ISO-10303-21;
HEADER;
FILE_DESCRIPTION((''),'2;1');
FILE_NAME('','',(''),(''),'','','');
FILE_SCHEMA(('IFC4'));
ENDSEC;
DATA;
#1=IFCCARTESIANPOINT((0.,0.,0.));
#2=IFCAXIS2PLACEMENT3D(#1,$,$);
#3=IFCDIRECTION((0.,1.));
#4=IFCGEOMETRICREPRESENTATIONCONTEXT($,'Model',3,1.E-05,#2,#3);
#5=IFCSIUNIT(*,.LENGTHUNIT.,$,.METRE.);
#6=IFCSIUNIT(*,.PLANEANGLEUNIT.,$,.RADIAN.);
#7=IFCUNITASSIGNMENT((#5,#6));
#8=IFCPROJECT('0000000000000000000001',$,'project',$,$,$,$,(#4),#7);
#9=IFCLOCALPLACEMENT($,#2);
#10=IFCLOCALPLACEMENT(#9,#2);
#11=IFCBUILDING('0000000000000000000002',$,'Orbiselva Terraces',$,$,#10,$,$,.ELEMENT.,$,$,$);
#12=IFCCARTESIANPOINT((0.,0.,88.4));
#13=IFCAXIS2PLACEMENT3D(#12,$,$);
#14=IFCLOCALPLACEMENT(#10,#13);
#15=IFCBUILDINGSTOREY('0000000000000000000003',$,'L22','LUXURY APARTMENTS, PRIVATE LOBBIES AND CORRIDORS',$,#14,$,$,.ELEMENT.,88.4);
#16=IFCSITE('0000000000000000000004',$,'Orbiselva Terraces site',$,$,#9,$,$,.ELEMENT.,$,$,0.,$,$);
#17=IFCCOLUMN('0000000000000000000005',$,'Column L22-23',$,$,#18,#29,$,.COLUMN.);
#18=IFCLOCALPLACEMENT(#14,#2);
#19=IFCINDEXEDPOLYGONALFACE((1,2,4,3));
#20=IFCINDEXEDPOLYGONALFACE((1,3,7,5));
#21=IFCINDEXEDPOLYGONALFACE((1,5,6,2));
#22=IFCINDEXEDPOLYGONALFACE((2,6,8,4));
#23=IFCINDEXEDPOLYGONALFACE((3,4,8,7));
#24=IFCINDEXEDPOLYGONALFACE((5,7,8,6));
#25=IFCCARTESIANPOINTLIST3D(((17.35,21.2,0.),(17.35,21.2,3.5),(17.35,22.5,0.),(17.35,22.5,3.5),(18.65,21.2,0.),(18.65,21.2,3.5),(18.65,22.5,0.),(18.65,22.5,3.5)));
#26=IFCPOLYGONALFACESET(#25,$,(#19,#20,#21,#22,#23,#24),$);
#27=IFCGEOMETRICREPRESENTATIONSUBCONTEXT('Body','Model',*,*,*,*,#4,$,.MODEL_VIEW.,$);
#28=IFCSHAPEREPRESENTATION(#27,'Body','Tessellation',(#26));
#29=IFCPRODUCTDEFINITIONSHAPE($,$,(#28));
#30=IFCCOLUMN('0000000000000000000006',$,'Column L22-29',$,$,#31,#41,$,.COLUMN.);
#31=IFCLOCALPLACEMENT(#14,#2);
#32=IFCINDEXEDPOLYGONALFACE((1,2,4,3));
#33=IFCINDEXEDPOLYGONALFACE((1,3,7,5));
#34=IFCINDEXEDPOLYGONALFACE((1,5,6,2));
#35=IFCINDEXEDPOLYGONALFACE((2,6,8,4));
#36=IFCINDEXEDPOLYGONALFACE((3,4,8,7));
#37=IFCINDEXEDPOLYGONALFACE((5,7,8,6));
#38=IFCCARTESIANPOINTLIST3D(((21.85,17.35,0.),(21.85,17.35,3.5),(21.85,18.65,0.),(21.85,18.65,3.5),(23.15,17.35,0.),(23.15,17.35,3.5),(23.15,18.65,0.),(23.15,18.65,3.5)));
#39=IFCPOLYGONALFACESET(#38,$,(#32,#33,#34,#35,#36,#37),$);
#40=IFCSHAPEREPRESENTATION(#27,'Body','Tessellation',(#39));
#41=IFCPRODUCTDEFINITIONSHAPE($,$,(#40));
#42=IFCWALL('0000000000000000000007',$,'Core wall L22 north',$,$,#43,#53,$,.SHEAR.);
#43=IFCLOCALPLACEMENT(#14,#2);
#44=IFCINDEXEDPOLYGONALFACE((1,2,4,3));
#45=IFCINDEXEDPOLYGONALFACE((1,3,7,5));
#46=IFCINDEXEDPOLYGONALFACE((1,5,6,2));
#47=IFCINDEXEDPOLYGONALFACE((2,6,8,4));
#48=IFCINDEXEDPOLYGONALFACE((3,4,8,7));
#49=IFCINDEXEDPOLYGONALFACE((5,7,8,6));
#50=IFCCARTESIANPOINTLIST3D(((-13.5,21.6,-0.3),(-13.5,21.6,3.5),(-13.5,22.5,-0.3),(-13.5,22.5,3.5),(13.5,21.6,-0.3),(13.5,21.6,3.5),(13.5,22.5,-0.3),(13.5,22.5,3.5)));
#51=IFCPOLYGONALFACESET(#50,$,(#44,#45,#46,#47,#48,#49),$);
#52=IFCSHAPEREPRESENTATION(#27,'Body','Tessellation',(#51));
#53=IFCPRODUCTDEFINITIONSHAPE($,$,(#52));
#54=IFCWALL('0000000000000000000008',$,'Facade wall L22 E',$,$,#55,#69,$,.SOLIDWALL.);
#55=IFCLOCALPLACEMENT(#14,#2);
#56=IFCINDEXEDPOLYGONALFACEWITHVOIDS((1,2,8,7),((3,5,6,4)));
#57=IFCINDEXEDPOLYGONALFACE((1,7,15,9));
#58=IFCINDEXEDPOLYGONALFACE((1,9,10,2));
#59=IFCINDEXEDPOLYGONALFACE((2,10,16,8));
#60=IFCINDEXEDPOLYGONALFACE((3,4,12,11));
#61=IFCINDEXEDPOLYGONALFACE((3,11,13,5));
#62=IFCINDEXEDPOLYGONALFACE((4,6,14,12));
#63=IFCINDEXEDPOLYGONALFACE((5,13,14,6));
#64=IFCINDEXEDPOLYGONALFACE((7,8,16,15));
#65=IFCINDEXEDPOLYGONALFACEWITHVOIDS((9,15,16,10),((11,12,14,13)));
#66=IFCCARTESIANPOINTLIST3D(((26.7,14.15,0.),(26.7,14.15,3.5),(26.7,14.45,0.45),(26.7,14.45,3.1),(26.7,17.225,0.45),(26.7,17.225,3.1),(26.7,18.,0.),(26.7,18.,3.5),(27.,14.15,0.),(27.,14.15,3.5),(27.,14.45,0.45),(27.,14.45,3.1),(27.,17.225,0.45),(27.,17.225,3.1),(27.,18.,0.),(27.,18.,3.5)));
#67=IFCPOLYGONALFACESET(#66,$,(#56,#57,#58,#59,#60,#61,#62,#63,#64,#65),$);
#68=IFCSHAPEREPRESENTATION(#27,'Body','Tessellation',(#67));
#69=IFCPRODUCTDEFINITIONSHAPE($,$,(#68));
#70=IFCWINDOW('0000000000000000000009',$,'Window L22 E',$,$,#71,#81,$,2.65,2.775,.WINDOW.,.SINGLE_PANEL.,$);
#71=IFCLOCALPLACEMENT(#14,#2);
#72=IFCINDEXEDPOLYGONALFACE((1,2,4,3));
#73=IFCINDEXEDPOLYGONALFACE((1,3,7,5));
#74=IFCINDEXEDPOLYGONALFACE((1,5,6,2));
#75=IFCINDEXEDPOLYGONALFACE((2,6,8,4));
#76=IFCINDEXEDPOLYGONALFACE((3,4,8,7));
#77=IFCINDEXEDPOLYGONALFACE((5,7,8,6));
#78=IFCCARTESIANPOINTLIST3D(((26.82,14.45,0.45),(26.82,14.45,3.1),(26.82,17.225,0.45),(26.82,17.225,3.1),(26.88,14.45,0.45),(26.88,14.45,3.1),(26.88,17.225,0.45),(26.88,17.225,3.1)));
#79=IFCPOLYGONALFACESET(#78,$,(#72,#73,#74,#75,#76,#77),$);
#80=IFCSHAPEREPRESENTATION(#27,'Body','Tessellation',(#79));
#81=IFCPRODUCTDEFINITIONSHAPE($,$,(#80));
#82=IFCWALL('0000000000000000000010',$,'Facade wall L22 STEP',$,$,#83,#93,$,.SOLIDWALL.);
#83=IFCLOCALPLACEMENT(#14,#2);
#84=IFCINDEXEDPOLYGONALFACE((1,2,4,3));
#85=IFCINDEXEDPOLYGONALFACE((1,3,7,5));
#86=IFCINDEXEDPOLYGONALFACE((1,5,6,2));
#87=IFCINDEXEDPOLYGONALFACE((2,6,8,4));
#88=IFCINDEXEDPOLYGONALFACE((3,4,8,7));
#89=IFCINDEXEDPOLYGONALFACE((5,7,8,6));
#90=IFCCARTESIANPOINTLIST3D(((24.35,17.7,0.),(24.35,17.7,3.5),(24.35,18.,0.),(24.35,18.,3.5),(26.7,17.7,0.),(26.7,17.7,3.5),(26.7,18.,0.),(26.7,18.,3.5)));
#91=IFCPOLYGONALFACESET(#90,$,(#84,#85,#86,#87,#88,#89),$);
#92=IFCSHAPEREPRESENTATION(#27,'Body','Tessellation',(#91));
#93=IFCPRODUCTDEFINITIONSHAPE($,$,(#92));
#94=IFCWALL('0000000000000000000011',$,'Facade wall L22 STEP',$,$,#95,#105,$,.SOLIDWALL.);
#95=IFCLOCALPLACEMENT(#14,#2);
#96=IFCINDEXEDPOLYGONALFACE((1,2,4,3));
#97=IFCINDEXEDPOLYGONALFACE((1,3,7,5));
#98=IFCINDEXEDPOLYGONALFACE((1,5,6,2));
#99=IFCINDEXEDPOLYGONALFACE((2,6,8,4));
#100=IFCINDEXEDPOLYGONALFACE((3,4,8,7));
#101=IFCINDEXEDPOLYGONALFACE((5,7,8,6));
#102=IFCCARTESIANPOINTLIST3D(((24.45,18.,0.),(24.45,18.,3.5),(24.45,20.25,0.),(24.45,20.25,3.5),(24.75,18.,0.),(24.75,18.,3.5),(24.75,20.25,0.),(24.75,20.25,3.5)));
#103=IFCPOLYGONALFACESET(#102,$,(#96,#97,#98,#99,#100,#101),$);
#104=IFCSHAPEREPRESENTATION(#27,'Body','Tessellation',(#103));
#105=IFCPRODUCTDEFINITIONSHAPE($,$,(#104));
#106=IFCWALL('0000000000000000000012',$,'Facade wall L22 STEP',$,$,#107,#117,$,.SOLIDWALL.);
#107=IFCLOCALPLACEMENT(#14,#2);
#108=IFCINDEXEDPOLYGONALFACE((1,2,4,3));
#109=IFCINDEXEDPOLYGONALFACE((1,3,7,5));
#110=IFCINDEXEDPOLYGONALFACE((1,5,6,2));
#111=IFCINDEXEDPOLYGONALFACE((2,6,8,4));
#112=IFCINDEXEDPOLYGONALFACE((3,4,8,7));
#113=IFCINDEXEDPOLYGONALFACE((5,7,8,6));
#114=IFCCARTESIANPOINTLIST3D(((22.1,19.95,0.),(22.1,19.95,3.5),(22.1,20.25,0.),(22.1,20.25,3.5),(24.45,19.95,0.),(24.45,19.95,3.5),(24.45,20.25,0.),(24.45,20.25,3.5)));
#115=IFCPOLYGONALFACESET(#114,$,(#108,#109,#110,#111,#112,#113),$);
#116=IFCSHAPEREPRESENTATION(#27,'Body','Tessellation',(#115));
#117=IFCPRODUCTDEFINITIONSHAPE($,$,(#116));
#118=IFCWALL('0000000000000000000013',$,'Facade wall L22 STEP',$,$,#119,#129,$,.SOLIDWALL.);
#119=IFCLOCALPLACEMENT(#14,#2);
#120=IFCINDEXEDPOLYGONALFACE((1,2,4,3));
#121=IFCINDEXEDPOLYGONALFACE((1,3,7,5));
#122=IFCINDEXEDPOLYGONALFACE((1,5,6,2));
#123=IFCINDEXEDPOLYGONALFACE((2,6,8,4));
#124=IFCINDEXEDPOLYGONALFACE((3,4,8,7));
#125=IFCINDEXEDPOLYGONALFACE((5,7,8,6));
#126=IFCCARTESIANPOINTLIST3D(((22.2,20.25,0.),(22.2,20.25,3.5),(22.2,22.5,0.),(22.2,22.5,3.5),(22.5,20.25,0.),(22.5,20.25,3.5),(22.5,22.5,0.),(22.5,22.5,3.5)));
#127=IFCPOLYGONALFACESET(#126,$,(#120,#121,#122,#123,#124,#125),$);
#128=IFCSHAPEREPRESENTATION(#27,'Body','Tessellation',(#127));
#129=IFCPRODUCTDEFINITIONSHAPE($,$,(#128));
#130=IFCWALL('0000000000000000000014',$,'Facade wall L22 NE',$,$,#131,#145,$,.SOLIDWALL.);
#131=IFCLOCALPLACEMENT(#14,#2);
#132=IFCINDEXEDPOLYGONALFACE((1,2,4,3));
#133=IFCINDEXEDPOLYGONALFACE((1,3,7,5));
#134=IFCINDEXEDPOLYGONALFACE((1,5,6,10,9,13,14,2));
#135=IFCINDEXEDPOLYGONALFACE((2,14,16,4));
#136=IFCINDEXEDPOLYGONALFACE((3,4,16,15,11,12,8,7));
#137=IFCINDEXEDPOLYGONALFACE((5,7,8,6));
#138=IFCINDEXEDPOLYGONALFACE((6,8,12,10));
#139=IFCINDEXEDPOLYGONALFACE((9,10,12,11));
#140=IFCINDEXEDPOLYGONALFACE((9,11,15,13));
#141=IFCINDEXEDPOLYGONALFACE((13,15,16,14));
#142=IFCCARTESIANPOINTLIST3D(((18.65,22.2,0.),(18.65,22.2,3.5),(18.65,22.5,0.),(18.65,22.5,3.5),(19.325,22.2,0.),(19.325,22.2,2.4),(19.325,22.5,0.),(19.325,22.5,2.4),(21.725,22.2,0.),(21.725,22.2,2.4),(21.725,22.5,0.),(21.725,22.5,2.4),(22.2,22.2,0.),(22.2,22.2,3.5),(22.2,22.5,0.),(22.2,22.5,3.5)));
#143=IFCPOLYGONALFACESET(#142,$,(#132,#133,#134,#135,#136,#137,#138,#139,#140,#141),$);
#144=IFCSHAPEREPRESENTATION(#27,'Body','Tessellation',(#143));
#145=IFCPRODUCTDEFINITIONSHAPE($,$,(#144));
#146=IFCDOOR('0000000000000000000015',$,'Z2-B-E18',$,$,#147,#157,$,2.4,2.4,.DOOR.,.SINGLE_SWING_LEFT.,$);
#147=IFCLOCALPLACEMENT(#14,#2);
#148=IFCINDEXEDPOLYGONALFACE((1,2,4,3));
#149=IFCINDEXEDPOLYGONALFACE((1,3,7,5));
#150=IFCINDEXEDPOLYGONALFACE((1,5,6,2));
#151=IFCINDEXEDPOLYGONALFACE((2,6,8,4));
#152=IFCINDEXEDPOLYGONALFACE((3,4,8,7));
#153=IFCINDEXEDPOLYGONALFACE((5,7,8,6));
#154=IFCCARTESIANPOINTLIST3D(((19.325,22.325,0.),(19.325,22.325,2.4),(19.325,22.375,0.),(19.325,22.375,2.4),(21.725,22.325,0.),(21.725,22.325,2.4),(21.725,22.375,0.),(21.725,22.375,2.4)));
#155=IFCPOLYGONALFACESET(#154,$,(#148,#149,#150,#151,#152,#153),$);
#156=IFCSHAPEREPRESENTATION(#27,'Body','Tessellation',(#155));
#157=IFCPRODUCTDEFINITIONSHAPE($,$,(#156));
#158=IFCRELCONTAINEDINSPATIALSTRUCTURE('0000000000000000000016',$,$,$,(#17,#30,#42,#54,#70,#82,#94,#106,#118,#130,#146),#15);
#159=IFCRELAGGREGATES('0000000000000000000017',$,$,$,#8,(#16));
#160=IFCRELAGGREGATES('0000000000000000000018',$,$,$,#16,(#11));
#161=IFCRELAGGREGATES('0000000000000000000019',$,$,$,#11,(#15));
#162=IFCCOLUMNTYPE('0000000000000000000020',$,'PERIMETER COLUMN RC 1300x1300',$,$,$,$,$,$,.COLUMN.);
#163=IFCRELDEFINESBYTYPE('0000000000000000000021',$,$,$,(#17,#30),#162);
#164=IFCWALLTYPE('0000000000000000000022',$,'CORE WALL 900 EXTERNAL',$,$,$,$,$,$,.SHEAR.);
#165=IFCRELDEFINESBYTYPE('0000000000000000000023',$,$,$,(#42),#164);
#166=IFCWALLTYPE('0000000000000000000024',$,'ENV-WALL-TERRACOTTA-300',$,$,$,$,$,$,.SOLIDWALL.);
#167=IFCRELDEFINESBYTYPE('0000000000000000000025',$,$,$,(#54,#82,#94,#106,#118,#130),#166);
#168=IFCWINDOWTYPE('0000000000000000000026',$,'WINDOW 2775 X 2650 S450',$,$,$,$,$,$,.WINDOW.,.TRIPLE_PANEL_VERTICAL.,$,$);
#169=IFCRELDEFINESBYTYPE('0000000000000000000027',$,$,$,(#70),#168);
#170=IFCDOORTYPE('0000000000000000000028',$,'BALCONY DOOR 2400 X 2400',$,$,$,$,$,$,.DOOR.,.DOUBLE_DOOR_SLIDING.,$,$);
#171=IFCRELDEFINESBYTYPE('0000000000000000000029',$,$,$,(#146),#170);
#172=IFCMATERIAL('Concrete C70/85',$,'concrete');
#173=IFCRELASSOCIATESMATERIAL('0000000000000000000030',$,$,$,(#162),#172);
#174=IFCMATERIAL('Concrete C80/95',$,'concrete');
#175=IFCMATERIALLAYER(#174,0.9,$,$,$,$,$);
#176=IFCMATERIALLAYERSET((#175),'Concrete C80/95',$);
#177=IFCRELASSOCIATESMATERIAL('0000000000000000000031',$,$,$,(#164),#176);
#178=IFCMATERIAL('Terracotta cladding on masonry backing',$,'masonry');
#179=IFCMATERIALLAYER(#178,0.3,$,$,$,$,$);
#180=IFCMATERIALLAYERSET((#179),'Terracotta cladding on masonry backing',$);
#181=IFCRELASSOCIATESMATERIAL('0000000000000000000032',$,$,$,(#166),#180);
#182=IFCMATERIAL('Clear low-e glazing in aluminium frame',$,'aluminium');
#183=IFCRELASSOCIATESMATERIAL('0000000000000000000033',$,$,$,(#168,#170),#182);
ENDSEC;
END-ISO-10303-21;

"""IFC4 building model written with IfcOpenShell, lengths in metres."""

from ifc_helpers import new_model, si_unit, direction, frame, frame_2d, origin, origin_2d, place, context, subcontext, project, spatial, rectangle, extrude, material, layer, layer_set, material_profile, profile_set, type_object, element, fill, save


model = new_model("IFC4")

# Units and contexts
model_context = context("Model", 3, precision=1e-05, world=origin(), true_north=direction((0.0, 1.0)))
body_context = subcontext(model_context, "Body", "Model", "MODEL_VIEW")
ifc_project = project(units=[si_unit("LENGTHUNIT", "METRE"), si_unit("PLANEANGLEUNIT", "RADIAN")], contexts=[model_context])

# Site, building, storey
site_placement = place(None, origin())
site = spatial("IfcSite", under=ifc_project, at=site_placement, Name="Orbiselva Terraces site", CompositionType="ELEMENT", RefElevation=0.0)
building_placement = place(site_placement, origin())
building = spatial("IfcBuilding", under=site, at=building_placement, Name="Orbiselva Terraces", CompositionType="ELEMENT")
storey_placement = place(building_placement, frame((0.0, 0.0, 88.4)))
storey = spatial("IfcBuildingStorey", under=building, at=storey_placement, Name="L22", Description="LUXURY APARTMENTS, PRIVATE LOBBIES AND CORRIDORS", CompositionType="ELEMENT", Elevation=88.4)

# Columns
ifc_material_1 = material(Name="Concrete C70/85", Category="concrete")
ifc_material_profile = material_profile(ifc_material_1, rectangle(XDim=1.3, YDim=1.3, at=origin_2d()), Name="RC 1300x1300")
ifc_profile_set = profile_set([ifc_material_profile], Name="Concrete C70/85")
column_type = type_object("IfcColumnType", Name="PERIMETER COLUMN RC 1300x1300", PredefinedType="COLUMN", material=ifc_profile_set)
for number, where, z_axis, x_axis, name in (
    (1, (18.0, 21.85, 0.0), (0.0, 0.0, 1.0), (1.0, 0.0, 0.0), "Column L22-23"),
    (2, (22.5, 18.0, 0.0), (0.0, 0.0, 1.0), (1.0, 0.0, 0.0), "Column L22-29"),
):
    element("IfcColumn", number, at=place(storey_placement, frame(where, z_axis=z_axis, x_axis=x_axis)), inside=storey, type_object=column_type, Name=name, PredefinedType="COLUMN", context=body_context, shape_type="SweptSolid", body=[
        extrude(rectangle(XDim=1.3, YDim=1.3, at=origin_2d()), origin(), (0.0, 0.0, 1.0), 3.5),
    ])

# Wall
ifc_material_2 = material(Name="Concrete C80/95", Category="concrete")
ifc_layer_1 = layer(ifc_material_2, 0.9)
ifc_layer_set_1 = layer_set([ifc_layer_1], Name="Concrete C80/95")
wall_type_1 = type_object("IfcWallType", Name="CORE WALL 900 EXTERNAL", PredefinedType="SHEAR", material=ifc_layer_set_1)
wall_1_placement = place(storey_placement, frame((13.5, 22.05, -0.3), z_axis=(0.0, 0.0, 1.0), x_axis=(-1.0, 0.0, 0.0)))
element("IfcWall", 3, at=wall_1_placement, inside=storey, type_object=wall_type_1, Name="Core wall L22 north", PredefinedType="SHEAR", context=body_context, shape_type="SweptSolid", body=[
    extrude(rectangle(XDim=27.0, YDim=0.9, at=frame_2d((13.5, 0.0))), origin(), (0.0, 0.0, 1.0), 3.8),
])

# Wall, opening, window
ifc_material_3 = material(Name="Terracotta cladding on masonry backing", Category="masonry")
ifc_layer_2 = layer(ifc_material_3, 0.3)
ifc_layer_set_2 = layer_set([ifc_layer_2], Name="Terracotta cladding on masonry backing")
wall_type_2 = type_object("IfcWallType", Name="ENV-WALL-TERRACOTTA-300", PredefinedType="SOLIDWALL", material=ifc_layer_set_2)
wall_2_placement = place(storey_placement, frame((26.85, 18.0, 0.0), z_axis=(0.0, 0.0, 1.0), x_axis=(0.0, -1.0, 0.0)))
wall_2 = element("IfcWall", 4, at=wall_2_placement, inside=storey, type_object=wall_type_2, Name="Facade wall L22 E", PredefinedType="SOLIDWALL", context=body_context, shape_type="SweptSolid", body=[
    extrude(rectangle(XDim=3.85, YDim=0.3, at=frame_2d((1.925, 0.0))), origin(), (0.0, 0.0, 1.0), 3.5),
])
opening_1_placement = place(wall_2_placement, frame((0.775, 0.0, 0.45)))
opening_1 = element("IfcOpeningElement", 5, at=opening_1_placement, cuts=wall_2, PredefinedType="OPENING", context=body_context, shape_type="SweptSolid", body=[
    extrude(rectangle(XDim=2.775, YDim=2.65, at=frame_2d((1.3875, 1.325))), frame((0.0, 0.16, 0.0), z_axis=(0.0, -1.0, 0.0), x_axis=(1.0, 0.0, 0.0)), (0.0, 0.0, 1.0), 0.32),
])
ifc_material_4 = material(Name="Clear low-e glazing in aluminium frame", Category="aluminium")
window_type = type_object("IfcWindowType", Name="WINDOW 2775 X 2650 S450", PartitioningType="TRIPLE_PANEL_VERTICAL", PredefinedType="WINDOW", material=ifc_material_4)
window_1_placement = place(opening_1_placement, origin())
window_1 = element("IfcWindow", 6, at=window_1_placement, inside=storey, type_object=window_type, Name="Window L22 E", OverallHeight=2.65, OverallWidth=2.775, PartitioningType="SINGLE_PANEL", PredefinedType="WINDOW", context=body_context, shape_type="SweptSolid", body=[
    extrude(rectangle(XDim=2.775, YDim=2.65, at=frame_2d((1.3875, 1.325))), frame((0.0, 0.03, 0.0), z_axis=(0.0, -1.0, 0.0), x_axis=(1.0, 0.0, 0.0)), (0.0, 0.0, 1.0), 0.06),
])
fill(opening_1, window_1)

# Walls
wall_3_placement = place(storey_placement, frame((24.35, 17.85, 0.0), z_axis=(0.0, 0.0, 1.0), x_axis=(1.0, 0.0, 0.0)))
element("IfcWall", 7, at=wall_3_placement, inside=storey, type_object=wall_type_2, Name="Facade wall L22 STEP", PredefinedType="SOLIDWALL", context=body_context, shape_type="SweptSolid", body=[
    extrude(rectangle(XDim=2.35, YDim=0.3, at=frame_2d((1.175, 0.0))), origin(), (0.0, 0.0, 1.0), 3.5),
])
wall_4_placement = place(storey_placement, frame((24.6, 20.25, 0.0), z_axis=(0.0, 0.0, 1.0), x_axis=(0.0, -1.0, 0.0)))
element("IfcWall", 8, at=wall_4_placement, inside=storey, type_object=wall_type_2, Name="Facade wall L22 STEP", PredefinedType="SOLIDWALL", context=body_context, shape_type="SweptSolid", body=[
    extrude(rectangle(XDim=2.25, YDim=0.3, at=frame_2d((1.125, 0.0))), origin(), (0.0, 0.0, 1.0), 3.5),
])
wall_5_placement = place(storey_placement, frame((22.1, 20.1, 0.0), z_axis=(0.0, 0.0, 1.0), x_axis=(1.0, 0.0, 0.0)))
element("IfcWall", 9, at=wall_5_placement, inside=storey, type_object=wall_type_2, Name="Facade wall L22 STEP", PredefinedType="SOLIDWALL", context=body_context, shape_type="SweptSolid", body=[
    extrude(rectangle(XDim=2.35, YDim=0.3, at=frame_2d((1.175, 0.0))), origin(), (0.0, 0.0, 1.0), 3.5),
])
wall_6_placement = place(storey_placement, frame((22.35, 22.5, 0.0), z_axis=(0.0, 0.0, 1.0), x_axis=(0.0, -1.0, 0.0)))
element("IfcWall", 10, at=wall_6_placement, inside=storey, type_object=wall_type_2, Name="Facade wall L22 STEP", PredefinedType="SOLIDWALL", context=body_context, shape_type="SweptSolid", body=[
    extrude(rectangle(XDim=2.25, YDim=0.3, at=frame_2d((1.125, 0.0))), origin(), (0.0, 0.0, 1.0), 3.5),
])

# Wall, opening, door
wall_7_placement = place(storey_placement, frame((18.65, 22.35, 0.0), z_axis=(0.0, 0.0, 1.0), x_axis=(1.0, 0.0, 0.0)))
wall_7 = element("IfcWall", 11, at=wall_7_placement, inside=storey, type_object=wall_type_2, Name="Facade wall L22 NE", PredefinedType="SOLIDWALL", context=body_context, shape_type="SweptSolid", body=[
    extrude(rectangle(XDim=3.55, YDim=0.3, at=frame_2d((1.775, 0.0))), origin(), (0.0, 0.0, 1.0), 3.5),
])
opening_2_placement = place(wall_7_placement, frame((0.675, 0.0, 0.0)))
opening_2 = element("IfcOpeningElement", 12, at=opening_2_placement, cuts=wall_7, PredefinedType="OPENING", context=body_context, shape_type="SweptSolid", body=[
    extrude(rectangle(XDim=2.4, YDim=2.4, at=frame_2d((1.2, 1.2))), frame((0.0, 0.16, 0.0), z_axis=(0.0, -1.0, 0.0), x_axis=(1.0, 0.0, 0.0)), (0.0, 0.0, 1.0), 0.32),
])
door_type_1 = type_object("IfcDoorType", Name="BALCONY DOOR 2400 X 2400", OperationType="DOUBLE_DOOR_SLIDING", PredefinedType="DOOR", material=ifc_material_4)
door_1_placement = place(opening_2_placement, origin())
door_1 = element("IfcDoor", 13, at=door_1_placement, inside=storey, type_object=door_type_1, Name="Z2-B-E18", OperationType="SINGLE_SWING_LEFT", OverallHeight=2.4, OverallWidth=2.4, PredefinedType="DOOR", context=body_context, shape_type="SweptSolid", body=[
    extrude(rectangle(XDim=2.4, YDim=2.4, at=frame_2d((1.2, 1.2))), frame((0.0, 0.025, 0.0), z_axis=(0.0, -1.0, 0.0), x_axis=(1.0, 0.0, 0.0)), (0.0, 0.0, 1.0), 0.05),
])
fill(opening_2, door_1)

save(model, "model.ifc")
